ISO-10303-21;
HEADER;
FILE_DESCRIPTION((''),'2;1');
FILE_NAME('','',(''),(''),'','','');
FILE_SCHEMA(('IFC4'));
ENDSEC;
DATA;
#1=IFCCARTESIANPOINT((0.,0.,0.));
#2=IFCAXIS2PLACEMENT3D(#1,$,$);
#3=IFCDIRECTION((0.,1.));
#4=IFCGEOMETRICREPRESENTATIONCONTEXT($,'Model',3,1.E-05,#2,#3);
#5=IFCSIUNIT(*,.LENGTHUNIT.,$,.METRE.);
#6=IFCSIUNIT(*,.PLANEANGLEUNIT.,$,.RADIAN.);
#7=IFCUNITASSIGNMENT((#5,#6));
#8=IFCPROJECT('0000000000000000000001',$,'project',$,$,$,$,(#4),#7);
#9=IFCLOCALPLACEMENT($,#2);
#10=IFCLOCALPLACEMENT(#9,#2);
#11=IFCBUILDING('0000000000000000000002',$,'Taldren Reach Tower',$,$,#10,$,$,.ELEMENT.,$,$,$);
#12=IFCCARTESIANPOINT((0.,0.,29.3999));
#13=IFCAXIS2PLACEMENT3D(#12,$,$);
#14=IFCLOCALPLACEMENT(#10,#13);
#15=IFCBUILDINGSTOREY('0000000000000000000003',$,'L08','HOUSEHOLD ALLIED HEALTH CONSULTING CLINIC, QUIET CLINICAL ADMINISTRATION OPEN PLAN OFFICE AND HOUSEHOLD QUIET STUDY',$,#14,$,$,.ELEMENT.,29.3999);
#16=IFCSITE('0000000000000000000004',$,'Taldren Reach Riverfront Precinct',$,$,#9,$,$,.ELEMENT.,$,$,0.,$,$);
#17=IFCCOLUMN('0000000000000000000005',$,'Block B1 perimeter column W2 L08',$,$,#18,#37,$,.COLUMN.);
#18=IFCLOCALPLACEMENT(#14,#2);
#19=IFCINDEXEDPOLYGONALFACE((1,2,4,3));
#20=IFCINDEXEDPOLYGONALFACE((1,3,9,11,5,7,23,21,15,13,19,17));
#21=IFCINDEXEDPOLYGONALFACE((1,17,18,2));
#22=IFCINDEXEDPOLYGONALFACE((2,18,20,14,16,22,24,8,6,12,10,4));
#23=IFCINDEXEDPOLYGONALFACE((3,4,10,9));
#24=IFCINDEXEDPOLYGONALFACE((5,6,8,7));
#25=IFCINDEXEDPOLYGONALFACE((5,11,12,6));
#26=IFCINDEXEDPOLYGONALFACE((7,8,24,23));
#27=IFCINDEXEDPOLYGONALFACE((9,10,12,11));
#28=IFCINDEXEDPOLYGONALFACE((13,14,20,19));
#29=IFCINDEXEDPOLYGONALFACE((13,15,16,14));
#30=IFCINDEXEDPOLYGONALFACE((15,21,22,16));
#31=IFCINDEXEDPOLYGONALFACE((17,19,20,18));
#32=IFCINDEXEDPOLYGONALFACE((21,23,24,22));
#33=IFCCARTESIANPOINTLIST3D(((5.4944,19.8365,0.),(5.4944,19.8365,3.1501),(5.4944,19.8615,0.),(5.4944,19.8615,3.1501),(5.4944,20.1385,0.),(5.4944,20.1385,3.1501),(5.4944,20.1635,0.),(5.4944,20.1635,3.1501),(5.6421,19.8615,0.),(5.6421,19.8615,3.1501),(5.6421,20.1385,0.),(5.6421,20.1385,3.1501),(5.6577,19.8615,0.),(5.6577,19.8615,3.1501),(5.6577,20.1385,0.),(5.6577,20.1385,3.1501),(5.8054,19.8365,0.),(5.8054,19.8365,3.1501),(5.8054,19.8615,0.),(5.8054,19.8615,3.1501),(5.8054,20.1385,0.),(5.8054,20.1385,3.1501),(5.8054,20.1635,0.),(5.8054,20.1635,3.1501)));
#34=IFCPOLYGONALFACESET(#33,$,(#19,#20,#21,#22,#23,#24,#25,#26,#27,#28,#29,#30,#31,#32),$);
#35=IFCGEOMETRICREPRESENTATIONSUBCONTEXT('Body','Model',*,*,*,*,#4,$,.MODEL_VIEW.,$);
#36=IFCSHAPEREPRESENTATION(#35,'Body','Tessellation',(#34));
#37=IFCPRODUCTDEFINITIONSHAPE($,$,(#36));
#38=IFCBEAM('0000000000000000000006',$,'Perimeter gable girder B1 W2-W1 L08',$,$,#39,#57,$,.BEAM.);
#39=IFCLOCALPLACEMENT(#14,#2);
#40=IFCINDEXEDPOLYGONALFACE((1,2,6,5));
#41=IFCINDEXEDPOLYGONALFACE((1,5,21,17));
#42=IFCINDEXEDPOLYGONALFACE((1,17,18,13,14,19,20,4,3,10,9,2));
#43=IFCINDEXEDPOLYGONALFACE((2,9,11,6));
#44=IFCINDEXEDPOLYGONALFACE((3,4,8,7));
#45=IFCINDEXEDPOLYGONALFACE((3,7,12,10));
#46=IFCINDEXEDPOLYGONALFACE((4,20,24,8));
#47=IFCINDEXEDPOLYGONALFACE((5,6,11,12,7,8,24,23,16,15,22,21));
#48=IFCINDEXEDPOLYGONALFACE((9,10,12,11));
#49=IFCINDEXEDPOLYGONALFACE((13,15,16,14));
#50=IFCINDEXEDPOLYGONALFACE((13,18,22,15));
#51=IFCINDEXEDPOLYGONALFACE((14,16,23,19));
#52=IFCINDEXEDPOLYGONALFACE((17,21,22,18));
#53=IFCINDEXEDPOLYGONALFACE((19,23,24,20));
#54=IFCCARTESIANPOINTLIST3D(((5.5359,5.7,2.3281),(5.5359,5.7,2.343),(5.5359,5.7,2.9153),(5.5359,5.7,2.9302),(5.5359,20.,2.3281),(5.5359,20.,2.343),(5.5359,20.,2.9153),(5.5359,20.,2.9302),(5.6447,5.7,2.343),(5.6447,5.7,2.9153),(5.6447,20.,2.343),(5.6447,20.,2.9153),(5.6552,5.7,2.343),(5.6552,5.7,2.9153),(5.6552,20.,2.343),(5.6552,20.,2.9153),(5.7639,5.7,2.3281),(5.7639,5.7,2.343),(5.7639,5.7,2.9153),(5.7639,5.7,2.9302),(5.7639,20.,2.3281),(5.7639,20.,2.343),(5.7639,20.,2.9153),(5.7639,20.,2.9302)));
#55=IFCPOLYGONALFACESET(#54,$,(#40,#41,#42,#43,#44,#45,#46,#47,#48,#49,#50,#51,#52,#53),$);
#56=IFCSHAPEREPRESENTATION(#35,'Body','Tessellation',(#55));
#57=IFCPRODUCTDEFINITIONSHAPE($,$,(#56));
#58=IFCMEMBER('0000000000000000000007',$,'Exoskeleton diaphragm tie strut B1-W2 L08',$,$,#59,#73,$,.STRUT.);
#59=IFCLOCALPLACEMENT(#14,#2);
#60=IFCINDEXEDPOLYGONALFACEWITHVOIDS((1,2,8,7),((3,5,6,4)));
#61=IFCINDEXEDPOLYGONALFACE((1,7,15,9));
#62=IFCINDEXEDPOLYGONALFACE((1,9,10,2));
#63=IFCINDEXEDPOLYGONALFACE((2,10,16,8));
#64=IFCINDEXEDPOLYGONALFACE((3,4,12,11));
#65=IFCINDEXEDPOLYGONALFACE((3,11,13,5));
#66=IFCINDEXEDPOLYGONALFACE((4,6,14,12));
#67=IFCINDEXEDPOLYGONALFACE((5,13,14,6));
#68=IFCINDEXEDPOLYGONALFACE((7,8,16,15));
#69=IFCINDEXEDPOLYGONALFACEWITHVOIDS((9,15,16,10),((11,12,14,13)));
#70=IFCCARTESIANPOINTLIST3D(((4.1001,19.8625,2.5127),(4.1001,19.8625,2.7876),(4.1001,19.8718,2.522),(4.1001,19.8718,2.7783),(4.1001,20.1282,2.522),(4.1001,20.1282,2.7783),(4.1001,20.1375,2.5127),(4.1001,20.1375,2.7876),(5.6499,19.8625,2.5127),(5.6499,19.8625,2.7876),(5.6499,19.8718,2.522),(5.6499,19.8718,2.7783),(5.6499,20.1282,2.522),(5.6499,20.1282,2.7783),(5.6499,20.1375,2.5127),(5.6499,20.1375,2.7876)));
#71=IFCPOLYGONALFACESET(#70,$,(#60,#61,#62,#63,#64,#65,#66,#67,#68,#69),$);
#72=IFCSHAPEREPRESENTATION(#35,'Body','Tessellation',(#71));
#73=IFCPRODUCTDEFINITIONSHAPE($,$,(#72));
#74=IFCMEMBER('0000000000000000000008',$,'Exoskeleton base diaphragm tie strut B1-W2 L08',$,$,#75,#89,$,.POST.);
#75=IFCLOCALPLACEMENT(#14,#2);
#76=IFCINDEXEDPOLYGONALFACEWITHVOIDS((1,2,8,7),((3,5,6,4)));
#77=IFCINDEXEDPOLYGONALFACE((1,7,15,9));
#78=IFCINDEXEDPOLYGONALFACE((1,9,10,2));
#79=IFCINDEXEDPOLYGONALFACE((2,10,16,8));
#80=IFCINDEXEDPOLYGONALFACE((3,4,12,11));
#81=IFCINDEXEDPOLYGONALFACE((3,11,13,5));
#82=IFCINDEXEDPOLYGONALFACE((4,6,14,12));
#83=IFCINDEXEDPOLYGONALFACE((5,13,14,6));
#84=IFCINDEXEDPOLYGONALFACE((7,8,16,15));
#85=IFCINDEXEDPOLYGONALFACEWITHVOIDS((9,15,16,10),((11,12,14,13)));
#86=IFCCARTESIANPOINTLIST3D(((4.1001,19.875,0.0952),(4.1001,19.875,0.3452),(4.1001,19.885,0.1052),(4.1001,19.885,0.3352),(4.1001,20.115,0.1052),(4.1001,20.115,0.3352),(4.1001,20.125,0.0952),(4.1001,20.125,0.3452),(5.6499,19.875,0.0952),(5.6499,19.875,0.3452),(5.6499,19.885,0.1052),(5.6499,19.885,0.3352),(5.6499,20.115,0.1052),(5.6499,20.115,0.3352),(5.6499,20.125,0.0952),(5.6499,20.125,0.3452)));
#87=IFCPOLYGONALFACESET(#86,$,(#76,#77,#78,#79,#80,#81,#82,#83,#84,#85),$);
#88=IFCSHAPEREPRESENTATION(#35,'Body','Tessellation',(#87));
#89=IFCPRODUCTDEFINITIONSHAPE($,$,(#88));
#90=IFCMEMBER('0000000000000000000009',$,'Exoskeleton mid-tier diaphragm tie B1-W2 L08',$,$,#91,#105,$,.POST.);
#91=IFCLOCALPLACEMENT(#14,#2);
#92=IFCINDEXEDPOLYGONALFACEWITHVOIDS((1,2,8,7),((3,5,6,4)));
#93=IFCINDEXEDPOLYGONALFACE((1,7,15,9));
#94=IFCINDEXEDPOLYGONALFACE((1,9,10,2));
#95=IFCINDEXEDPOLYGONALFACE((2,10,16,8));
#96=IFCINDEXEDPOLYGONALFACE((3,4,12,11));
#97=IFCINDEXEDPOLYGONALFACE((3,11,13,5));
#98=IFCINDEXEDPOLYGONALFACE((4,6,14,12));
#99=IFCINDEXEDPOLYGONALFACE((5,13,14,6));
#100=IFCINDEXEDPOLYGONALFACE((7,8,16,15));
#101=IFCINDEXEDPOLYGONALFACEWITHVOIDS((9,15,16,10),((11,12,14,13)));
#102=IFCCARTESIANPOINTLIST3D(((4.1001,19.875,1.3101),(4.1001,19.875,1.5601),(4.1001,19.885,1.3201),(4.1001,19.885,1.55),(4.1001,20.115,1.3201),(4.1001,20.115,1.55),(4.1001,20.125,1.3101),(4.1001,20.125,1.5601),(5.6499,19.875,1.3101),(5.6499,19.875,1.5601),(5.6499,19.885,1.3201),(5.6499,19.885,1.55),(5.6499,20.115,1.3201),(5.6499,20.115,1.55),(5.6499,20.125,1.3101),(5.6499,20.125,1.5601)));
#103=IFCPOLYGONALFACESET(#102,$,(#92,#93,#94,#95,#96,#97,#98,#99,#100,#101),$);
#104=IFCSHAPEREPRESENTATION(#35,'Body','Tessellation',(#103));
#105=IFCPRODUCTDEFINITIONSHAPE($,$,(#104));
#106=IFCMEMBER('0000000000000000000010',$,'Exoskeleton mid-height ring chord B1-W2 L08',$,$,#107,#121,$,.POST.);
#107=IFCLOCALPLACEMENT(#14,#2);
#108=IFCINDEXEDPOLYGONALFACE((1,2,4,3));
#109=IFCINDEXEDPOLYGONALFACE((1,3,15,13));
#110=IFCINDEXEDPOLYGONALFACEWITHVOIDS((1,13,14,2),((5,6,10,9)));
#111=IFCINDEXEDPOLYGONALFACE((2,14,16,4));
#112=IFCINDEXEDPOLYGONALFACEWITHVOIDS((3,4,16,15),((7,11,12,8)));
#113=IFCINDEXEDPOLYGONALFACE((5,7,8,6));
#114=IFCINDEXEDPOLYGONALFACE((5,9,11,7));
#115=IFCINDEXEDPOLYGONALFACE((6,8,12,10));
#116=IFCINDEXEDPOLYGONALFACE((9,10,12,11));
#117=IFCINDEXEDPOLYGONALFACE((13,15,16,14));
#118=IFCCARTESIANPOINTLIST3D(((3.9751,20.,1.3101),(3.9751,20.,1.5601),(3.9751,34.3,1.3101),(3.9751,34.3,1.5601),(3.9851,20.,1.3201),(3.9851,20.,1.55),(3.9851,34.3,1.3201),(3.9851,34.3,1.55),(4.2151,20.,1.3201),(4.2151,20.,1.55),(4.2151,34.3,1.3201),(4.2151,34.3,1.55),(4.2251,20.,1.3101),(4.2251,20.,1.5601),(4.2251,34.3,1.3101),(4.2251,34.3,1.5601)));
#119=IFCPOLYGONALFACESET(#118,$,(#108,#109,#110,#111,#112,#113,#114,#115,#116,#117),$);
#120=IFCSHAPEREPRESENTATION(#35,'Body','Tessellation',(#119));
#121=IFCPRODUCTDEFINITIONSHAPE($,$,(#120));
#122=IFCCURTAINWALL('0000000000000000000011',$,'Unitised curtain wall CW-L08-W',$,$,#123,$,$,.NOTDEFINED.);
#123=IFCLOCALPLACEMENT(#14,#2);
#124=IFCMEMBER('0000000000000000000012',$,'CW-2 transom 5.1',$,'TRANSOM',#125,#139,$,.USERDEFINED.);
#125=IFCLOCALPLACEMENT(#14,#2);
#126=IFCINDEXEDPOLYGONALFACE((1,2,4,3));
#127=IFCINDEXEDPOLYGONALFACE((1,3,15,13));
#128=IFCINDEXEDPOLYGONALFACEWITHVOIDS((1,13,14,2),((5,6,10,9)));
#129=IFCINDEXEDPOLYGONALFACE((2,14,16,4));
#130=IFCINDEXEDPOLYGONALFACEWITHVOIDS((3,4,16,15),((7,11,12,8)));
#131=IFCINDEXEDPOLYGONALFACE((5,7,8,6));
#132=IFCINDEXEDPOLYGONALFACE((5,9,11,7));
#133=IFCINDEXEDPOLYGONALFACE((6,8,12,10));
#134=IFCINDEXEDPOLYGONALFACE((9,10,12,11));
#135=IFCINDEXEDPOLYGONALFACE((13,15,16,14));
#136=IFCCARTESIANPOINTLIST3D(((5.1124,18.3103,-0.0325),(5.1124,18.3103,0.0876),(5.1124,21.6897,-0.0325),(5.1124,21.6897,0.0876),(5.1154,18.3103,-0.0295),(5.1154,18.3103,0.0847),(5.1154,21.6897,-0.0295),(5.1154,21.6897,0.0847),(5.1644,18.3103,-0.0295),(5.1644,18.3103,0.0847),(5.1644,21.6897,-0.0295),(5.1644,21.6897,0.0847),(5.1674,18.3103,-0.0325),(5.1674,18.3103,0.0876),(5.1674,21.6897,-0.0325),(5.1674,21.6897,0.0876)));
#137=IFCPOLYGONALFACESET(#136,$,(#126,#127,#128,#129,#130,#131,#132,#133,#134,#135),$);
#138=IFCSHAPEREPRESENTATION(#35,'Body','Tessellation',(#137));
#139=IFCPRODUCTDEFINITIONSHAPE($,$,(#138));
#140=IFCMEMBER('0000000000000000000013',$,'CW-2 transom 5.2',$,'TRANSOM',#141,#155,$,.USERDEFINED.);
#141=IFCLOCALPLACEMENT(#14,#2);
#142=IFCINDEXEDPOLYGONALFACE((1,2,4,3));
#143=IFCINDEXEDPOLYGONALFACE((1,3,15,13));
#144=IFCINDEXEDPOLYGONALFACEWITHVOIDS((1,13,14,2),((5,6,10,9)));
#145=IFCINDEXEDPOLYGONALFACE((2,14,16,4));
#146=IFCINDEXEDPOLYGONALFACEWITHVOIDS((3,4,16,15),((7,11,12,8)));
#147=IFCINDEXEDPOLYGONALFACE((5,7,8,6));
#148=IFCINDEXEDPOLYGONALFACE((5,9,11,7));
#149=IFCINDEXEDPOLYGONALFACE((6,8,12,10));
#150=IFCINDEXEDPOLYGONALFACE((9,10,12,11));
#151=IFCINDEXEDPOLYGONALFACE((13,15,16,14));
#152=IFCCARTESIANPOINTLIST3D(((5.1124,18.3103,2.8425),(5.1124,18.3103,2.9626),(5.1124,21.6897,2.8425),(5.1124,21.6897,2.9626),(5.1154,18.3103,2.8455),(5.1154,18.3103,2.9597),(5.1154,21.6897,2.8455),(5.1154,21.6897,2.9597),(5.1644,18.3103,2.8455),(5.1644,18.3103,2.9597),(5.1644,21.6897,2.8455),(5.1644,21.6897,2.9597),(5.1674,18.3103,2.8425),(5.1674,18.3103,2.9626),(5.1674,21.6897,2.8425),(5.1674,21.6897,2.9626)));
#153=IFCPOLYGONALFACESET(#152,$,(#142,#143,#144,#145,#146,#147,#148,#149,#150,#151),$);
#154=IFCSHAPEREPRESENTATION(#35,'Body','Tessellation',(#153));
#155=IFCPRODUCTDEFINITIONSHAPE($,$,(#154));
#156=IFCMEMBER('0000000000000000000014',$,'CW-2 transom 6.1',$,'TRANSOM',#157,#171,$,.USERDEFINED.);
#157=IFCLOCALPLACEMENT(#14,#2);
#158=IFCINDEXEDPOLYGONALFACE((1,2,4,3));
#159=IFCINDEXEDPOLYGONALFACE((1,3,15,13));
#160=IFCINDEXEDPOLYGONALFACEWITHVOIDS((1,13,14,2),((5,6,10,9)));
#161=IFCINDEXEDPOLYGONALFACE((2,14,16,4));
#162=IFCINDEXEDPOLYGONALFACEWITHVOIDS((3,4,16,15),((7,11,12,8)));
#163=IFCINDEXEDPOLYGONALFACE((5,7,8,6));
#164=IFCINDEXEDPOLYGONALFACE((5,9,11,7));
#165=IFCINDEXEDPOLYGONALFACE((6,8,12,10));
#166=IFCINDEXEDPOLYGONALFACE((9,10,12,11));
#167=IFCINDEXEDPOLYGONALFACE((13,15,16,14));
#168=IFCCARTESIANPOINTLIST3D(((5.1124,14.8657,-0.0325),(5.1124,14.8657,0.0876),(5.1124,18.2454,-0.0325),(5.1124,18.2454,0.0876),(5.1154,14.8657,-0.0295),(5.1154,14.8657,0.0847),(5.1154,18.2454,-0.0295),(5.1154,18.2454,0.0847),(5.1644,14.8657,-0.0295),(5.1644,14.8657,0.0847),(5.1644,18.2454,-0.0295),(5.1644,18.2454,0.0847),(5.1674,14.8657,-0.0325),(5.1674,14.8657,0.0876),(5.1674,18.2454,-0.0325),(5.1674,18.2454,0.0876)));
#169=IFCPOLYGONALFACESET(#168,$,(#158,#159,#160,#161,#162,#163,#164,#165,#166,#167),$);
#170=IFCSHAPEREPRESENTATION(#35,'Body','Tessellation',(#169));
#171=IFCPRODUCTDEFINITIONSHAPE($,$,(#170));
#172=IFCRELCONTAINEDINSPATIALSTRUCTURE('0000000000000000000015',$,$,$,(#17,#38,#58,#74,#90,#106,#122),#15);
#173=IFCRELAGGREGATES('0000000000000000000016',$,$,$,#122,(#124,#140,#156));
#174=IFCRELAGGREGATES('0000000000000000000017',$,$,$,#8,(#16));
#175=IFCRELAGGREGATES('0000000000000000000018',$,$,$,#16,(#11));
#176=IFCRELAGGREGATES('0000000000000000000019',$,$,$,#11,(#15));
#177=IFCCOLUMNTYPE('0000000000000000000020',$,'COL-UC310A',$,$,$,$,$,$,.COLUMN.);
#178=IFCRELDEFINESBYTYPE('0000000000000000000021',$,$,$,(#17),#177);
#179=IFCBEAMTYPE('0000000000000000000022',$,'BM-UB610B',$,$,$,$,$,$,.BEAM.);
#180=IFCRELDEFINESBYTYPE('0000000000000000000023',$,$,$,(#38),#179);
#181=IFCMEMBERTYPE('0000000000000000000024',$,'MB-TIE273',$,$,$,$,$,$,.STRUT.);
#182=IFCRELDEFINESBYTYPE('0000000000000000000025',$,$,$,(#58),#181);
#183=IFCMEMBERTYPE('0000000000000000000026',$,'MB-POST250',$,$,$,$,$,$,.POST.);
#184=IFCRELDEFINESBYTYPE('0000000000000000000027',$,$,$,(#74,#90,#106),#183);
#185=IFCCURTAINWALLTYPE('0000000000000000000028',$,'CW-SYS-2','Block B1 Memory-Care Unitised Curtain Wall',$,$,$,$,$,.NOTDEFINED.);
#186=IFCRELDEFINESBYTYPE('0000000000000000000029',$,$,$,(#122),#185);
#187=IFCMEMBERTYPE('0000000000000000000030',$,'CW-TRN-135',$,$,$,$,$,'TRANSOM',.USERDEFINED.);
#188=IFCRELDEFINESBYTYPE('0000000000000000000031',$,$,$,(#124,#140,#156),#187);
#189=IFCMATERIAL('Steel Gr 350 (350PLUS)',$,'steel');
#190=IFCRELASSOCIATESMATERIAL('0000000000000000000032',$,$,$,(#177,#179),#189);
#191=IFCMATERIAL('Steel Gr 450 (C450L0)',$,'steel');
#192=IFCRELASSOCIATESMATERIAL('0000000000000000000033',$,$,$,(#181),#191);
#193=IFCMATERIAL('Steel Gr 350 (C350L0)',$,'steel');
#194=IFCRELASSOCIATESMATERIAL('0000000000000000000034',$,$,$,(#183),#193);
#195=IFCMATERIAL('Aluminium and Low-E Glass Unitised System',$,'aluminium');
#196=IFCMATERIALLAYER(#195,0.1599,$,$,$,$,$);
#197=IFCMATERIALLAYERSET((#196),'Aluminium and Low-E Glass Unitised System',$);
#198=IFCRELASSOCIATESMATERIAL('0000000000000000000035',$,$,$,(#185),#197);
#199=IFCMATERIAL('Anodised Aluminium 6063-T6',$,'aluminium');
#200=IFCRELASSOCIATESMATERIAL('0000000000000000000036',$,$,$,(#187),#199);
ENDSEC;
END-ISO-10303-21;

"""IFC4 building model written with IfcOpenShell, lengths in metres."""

from ifc_helpers import new_model, si_unit, direction, frame, origin, origin_2d, place, context, subcontext, project, spatial, hollow_rectangle, i_section, extrude, source, transform, mapped, material, layer, layer_set, material_profile, profile_set, type_object, element, aggregate, save


model = new_model("IFC4")

# Units and contexts
model_context = context("Model", 3, precision=1e-05, world=origin(), true_north=direction((0.0, 1.0)))
body_context = subcontext(model_context, "Body", "Model", "MODEL_VIEW")
ifc_project = project(units=[si_unit("LENGTHUNIT", "METRE"), si_unit("PLANEANGLEUNIT", "RADIAN")], contexts=[model_context])

# Site, building, storey
site_placement = place(None, origin())
site = spatial("IfcSite", under=ifc_project, at=site_placement, Name="Taldren Reach Riverfront Precinct", CompositionType="ELEMENT", RefElevation=0.0)
building_placement = place(site_placement, origin())
building = spatial("IfcBuilding", under=site, at=building_placement, Name="Taldren Reach Tower", CompositionType="ELEMENT")
storey_placement = place(building_placement, frame((0.0, 0.0, 29.3999)))
storey = spatial("IfcBuildingStorey", under=building, at=storey_placement, Name="L08", Description="HOUSEHOLD ALLIED HEALTH CONSULTING CLINIC, QUIET CLINICAL ADMINISTRATION OPEN PLAN OFFICE AND HOUSEHOLD QUIET STUDY", CompositionType="ELEMENT", Elevation=29.3999)

# Column
ifc_material_1 = material(Name="Steel Gr 350 (350PLUS)", Category="steel")
ifc_material_profile_1 = material_profile(ifc_material_1, i_section(OverallWidth=0.311, OverallDepth=0.3269, WebThickness=0.0156, FlangeThickness=0.0249, at=origin_2d()), Name="310UC158")
ifc_profile_set_1 = profile_set([ifc_material_profile_1], Name="Steel Gr 350 (350PLUS)")
column_type = type_object("IfcColumnType", Name="COL-UC310A", PredefinedType="COLUMN", material=ifc_profile_set_1)
shared_shape_1 = source(origin(), body_context, "Body", "SweptSolid", [
    extrude(i_section(OverallWidth=0.311, OverallDepth=0.3269, WebThickness=0.0156, FlangeThickness=0.0249, at=origin_2d()), origin(), (0.0, 0.0, 1.0), 3.1501),
])
column_placement = place(storey_placement, frame((5.6499, 20.0, 0.0), z_axis=(0.0, 0.0, 1.0), x_axis=(1.0, 0.0, 0.0)))
element("IfcColumn", 1, at=column_placement, inside=storey, type_object=column_type, Name="Block B1 perimeter column W2 L08", PredefinedType="COLUMN", context=body_context, shape_type="MappedRepresentation", body=[
    mapped(shared_shape_1, transform((0.0, 0.0, 0.0), scale=1.0)),
])

# Beam
ifc_material_profile_2 = material_profile(ifc_material_1, i_section(OverallWidth=0.228, OverallDepth=0.6021, WebThickness=0.0105, FlangeThickness=0.0149, at=origin_2d()), Name="610UB101")
ifc_profile_set_2 = profile_set([ifc_material_profile_2], Name="Steel Gr 350 (350PLUS)")
beam_type = type_object("IfcBeamType", Name="BM-UB610B", PredefinedType="BEAM", material=ifc_profile_set_2)
shared_shape_2 = source(origin(), body_context, "Body", "SweptSolid", [
    extrude(i_section(OverallWidth=0.228, OverallDepth=0.6021, WebThickness=0.0105, FlangeThickness=0.0149, at=origin_2d()), origin(), (0.0, 0.0, 1.0), 14.3),
])
beam_placement = place(storey_placement, frame((5.6499, 20.0, 2.6292), z_axis=(0.0, -1.0, 0.0), x_axis=(1.0, 0.0, 0.0)))
element("IfcBeam", 2, at=beam_placement, inside=storey, type_object=beam_type, Name="Perimeter gable girder B1 W2-W1 L08", PredefinedType="BEAM", context=body_context, shape_type="MappedRepresentation", body=[
    mapped(shared_shape_2, transform((0.0, 0.0, 0.0), scale=1.0)),
])

# Members
ifc_material_2 = material(Name="Steel Gr 450 (C450L0)", Category="steel")
ifc_material_profile_3 = material_profile(ifc_material_2, hollow_rectangle(XDim=0.2749, YDim=0.2749, WallThickness=0.0093, at=origin_2d()), Name="275x275x9.3SHS")
ifc_profile_set_3 = profile_set([ifc_material_profile_3], Name="Steel Gr 450 (C450L0)")
member_type_1 = type_object("IfcMemberType", Name="MB-TIE273", PredefinedType="STRUT", material=ifc_profile_set_3)
shared_shape_3 = source(origin(), body_context, "Body", "SweptSolid", [
    extrude(hollow_rectangle(XDim=0.2749, YDim=0.2749, WallThickness=0.0093, at=origin_2d()), origin(), (0.0, 0.0, 1.0), 1.5498),
])
member_1_placement = place(storey_placement, frame((5.6499, 20.0, 2.6501), z_axis=(-1.0, 0.0, 0.0), x_axis=(0.0, -1.0, 0.0)))
element("IfcMember", 3, at=member_1_placement, inside=storey, type_object=member_type_1, Name="Exoskeleton diaphragm tie strut B1-W2 L08", PredefinedType="STRUT", context=body_context, shape_type="MappedRepresentation", body=[
    mapped(shared_shape_3, transform((0.0, 0.0, 0.0), scale=1.0)),
])
ifc_material_3 = material(Name="Steel Gr 350 (C350L0)", Category="steel")
ifc_material_profile_4 = material_profile(ifc_material_3, hollow_rectangle(XDim=0.25, YDim=0.25, WallThickness=0.01, at=origin_2d()), Name="250x250x10.0SHS")
ifc_profile_set_4 = profile_set([ifc_material_profile_4], Name="Steel Gr 350 (C350L0)")
member_type_2 = type_object("IfcMemberType", Name="MB-POST250", PredefinedType="POST", material=ifc_profile_set_4)
shared_shape_4 = source(origin(), body_context, "Body", "SweptSolid", [
    extrude(hollow_rectangle(XDim=0.25, YDim=0.25, WallThickness=0.01, at=origin_2d()), origin(), (0.0, 0.0, 1.0), 1.5498),
])
for number, where, z_axis, x_axis, name in (
    (4, (5.6499, 20.0, 0.2202), (-1.0, 0.0, 0.0), (0.0, -1.0, 0.0), "Exoskeleton base diaphragm tie strut B1-W2 L08"),
    (5, (5.6499, 20.0, 1.4351), (-1.0, 0.0, 0.0), (0.0, -1.0, 0.0), "Exoskeleton mid-tier diaphragm tie B1-W2 L08"),
):
    element("IfcMember", number, at=place(storey_placement, frame(where, z_axis=z_axis, x_axis=x_axis)), inside=storey, type_object=member_type_2, Name=name, PredefinedType="POST", context=body_context, shape_type="MappedRepresentation", body=[
        mapped(shared_shape_4, transform((0.0, 0.0, 0.0), scale=1.0)),
    ])
shared_shape_5 = source(origin(), body_context, "Body", "SweptSolid", [
    extrude(hollow_rectangle(XDim=0.25, YDim=0.25, WallThickness=0.01, at=origin_2d()), origin(), (0.0, 0.0, 1.0), 14.3),
])
member_2_placement = place(storey_placement, frame((4.1001, 20.0, 1.4351), z_axis=(0.0, 1.0, 0.0), x_axis=(-1.0, 0.0, 0.0)))
element("IfcMember", 6, at=member_2_placement, inside=storey, type_object=member_type_2, Name="Exoskeleton mid-height ring chord B1-W2 L08", PredefinedType="POST", context=body_context, shape_type="MappedRepresentation", body=[
    mapped(shared_shape_5, transform((0.0, 0.0, 0.0), scale=1.0)),
])

# Curtain wall, members
ifc_material_4 = material(Name="Aluminium and Low-E Glass Unitised System", Category="aluminium")
ifc_layer_1 = layer(ifc_material_4, 0.1599)
ifc_layer_set_1 = layer_set([ifc_layer_1], Name="Aluminium and Low-E Glass Unitised System")
curtain_wall_type = type_object("IfcCurtainWallType", Name="CW-SYS-2", Description="Block B1 Memory-Care Unitised Curtain Wall", PredefinedType="NOTDEFINED", material=ifc_layer_set_1)
curtain_wall_placement = place(storey_placement, origin())
curtain_wall = element("IfcCurtainWall", 7, at=curtain_wall_placement, inside=storey, type_object=curtain_wall_type, Name="Unitised curtain wall CW-L08-W", PredefinedType="NOTDEFINED")
ifc_material_5 = material(Name="Anodised Aluminium 6063-T6", Category="aluminium")
ifc_material_profile_5 = material_profile(ifc_material_5, hollow_rectangle(XDim=0.0549, YDim=0.1201, WallThickness=0.0029, at=origin_2d()), Name="ALU-120x55x3RHS")
ifc_profile_set_5 = profile_set([ifc_material_profile_5], Name="Anodised Aluminium 6063-T6")
member_type_3 = type_object("IfcMemberType", Name="CW-TRN-135", ElementType="TRANSOM", PredefinedType="USERDEFINED", material=ifc_profile_set_5)
shared_shape_6 = source(origin(), body_context, "Body", "SweptSolid", [
    extrude(hollow_rectangle(XDim=0.0549, YDim=0.1201, WallThickness=0.0029, at=origin_2d()), origin(), (0.0, 0.0, 1.0), 3.3794),
])
member_3_placement = place(storey_placement, frame((5.1399, 21.6897, 0.0276), z_axis=(0.0, -1.0, 0.0), x_axis=(1.0, 0.0, 0.0)))
member_3 = element("IfcMember", 8, at=member_3_placement, type_object=member_type_3, Name="CW-2 transom 5.1", ObjectType="TRANSOM", PredefinedType="USERDEFINED", context=body_context, shape_type="MappedRepresentation", body=[
    mapped(shared_shape_6, transform((0.0, 0.0, 0.0), scale=1.0)),
])
member_4_placement = place(storey_placement, frame((5.1399, 21.6897, 2.9026), z_axis=(0.0, -1.0, 0.0), x_axis=(1.0, 0.0, 0.0)))
member_4 = element("IfcMember", 9, at=member_4_placement, type_object=member_type_3, Name="CW-2 transom 5.2", ObjectType="TRANSOM", PredefinedType="USERDEFINED", context=body_context, shape_type="MappedRepresentation", body=[
    mapped(shared_shape_6, transform((0.0, 0.0, 0.0), scale=1.0)),
])
shared_shape_7 = source(origin(), body_context, "Body", "SweptSolid", [
    extrude(hollow_rectangle(XDim=0.0549, YDim=0.1201, WallThickness=0.0029, at=origin_2d()), origin(), (0.0, 0.0, 1.0), 3.3796),
])
member_5_placement = place(storey_placement, frame((5.1399, 18.2454, 0.0276), z_axis=(0.0, -1.0, 0.0), x_axis=(1.0, 0.0, 0.0)))
member_5 = element("IfcMember", 10, at=member_5_placement, type_object=member_type_3, Name="CW-2 transom 6.1", ObjectType="TRANSOM", PredefinedType="USERDEFINED", context=body_context, shape_type="MappedRepresentation", body=[
    mapped(shared_shape_7, transform((0.0, 0.0, 0.0), scale=1.0)),
])

aggregate(curtain_wall, [member_3, member_4, member_5])

save(model, "model.ifc")
